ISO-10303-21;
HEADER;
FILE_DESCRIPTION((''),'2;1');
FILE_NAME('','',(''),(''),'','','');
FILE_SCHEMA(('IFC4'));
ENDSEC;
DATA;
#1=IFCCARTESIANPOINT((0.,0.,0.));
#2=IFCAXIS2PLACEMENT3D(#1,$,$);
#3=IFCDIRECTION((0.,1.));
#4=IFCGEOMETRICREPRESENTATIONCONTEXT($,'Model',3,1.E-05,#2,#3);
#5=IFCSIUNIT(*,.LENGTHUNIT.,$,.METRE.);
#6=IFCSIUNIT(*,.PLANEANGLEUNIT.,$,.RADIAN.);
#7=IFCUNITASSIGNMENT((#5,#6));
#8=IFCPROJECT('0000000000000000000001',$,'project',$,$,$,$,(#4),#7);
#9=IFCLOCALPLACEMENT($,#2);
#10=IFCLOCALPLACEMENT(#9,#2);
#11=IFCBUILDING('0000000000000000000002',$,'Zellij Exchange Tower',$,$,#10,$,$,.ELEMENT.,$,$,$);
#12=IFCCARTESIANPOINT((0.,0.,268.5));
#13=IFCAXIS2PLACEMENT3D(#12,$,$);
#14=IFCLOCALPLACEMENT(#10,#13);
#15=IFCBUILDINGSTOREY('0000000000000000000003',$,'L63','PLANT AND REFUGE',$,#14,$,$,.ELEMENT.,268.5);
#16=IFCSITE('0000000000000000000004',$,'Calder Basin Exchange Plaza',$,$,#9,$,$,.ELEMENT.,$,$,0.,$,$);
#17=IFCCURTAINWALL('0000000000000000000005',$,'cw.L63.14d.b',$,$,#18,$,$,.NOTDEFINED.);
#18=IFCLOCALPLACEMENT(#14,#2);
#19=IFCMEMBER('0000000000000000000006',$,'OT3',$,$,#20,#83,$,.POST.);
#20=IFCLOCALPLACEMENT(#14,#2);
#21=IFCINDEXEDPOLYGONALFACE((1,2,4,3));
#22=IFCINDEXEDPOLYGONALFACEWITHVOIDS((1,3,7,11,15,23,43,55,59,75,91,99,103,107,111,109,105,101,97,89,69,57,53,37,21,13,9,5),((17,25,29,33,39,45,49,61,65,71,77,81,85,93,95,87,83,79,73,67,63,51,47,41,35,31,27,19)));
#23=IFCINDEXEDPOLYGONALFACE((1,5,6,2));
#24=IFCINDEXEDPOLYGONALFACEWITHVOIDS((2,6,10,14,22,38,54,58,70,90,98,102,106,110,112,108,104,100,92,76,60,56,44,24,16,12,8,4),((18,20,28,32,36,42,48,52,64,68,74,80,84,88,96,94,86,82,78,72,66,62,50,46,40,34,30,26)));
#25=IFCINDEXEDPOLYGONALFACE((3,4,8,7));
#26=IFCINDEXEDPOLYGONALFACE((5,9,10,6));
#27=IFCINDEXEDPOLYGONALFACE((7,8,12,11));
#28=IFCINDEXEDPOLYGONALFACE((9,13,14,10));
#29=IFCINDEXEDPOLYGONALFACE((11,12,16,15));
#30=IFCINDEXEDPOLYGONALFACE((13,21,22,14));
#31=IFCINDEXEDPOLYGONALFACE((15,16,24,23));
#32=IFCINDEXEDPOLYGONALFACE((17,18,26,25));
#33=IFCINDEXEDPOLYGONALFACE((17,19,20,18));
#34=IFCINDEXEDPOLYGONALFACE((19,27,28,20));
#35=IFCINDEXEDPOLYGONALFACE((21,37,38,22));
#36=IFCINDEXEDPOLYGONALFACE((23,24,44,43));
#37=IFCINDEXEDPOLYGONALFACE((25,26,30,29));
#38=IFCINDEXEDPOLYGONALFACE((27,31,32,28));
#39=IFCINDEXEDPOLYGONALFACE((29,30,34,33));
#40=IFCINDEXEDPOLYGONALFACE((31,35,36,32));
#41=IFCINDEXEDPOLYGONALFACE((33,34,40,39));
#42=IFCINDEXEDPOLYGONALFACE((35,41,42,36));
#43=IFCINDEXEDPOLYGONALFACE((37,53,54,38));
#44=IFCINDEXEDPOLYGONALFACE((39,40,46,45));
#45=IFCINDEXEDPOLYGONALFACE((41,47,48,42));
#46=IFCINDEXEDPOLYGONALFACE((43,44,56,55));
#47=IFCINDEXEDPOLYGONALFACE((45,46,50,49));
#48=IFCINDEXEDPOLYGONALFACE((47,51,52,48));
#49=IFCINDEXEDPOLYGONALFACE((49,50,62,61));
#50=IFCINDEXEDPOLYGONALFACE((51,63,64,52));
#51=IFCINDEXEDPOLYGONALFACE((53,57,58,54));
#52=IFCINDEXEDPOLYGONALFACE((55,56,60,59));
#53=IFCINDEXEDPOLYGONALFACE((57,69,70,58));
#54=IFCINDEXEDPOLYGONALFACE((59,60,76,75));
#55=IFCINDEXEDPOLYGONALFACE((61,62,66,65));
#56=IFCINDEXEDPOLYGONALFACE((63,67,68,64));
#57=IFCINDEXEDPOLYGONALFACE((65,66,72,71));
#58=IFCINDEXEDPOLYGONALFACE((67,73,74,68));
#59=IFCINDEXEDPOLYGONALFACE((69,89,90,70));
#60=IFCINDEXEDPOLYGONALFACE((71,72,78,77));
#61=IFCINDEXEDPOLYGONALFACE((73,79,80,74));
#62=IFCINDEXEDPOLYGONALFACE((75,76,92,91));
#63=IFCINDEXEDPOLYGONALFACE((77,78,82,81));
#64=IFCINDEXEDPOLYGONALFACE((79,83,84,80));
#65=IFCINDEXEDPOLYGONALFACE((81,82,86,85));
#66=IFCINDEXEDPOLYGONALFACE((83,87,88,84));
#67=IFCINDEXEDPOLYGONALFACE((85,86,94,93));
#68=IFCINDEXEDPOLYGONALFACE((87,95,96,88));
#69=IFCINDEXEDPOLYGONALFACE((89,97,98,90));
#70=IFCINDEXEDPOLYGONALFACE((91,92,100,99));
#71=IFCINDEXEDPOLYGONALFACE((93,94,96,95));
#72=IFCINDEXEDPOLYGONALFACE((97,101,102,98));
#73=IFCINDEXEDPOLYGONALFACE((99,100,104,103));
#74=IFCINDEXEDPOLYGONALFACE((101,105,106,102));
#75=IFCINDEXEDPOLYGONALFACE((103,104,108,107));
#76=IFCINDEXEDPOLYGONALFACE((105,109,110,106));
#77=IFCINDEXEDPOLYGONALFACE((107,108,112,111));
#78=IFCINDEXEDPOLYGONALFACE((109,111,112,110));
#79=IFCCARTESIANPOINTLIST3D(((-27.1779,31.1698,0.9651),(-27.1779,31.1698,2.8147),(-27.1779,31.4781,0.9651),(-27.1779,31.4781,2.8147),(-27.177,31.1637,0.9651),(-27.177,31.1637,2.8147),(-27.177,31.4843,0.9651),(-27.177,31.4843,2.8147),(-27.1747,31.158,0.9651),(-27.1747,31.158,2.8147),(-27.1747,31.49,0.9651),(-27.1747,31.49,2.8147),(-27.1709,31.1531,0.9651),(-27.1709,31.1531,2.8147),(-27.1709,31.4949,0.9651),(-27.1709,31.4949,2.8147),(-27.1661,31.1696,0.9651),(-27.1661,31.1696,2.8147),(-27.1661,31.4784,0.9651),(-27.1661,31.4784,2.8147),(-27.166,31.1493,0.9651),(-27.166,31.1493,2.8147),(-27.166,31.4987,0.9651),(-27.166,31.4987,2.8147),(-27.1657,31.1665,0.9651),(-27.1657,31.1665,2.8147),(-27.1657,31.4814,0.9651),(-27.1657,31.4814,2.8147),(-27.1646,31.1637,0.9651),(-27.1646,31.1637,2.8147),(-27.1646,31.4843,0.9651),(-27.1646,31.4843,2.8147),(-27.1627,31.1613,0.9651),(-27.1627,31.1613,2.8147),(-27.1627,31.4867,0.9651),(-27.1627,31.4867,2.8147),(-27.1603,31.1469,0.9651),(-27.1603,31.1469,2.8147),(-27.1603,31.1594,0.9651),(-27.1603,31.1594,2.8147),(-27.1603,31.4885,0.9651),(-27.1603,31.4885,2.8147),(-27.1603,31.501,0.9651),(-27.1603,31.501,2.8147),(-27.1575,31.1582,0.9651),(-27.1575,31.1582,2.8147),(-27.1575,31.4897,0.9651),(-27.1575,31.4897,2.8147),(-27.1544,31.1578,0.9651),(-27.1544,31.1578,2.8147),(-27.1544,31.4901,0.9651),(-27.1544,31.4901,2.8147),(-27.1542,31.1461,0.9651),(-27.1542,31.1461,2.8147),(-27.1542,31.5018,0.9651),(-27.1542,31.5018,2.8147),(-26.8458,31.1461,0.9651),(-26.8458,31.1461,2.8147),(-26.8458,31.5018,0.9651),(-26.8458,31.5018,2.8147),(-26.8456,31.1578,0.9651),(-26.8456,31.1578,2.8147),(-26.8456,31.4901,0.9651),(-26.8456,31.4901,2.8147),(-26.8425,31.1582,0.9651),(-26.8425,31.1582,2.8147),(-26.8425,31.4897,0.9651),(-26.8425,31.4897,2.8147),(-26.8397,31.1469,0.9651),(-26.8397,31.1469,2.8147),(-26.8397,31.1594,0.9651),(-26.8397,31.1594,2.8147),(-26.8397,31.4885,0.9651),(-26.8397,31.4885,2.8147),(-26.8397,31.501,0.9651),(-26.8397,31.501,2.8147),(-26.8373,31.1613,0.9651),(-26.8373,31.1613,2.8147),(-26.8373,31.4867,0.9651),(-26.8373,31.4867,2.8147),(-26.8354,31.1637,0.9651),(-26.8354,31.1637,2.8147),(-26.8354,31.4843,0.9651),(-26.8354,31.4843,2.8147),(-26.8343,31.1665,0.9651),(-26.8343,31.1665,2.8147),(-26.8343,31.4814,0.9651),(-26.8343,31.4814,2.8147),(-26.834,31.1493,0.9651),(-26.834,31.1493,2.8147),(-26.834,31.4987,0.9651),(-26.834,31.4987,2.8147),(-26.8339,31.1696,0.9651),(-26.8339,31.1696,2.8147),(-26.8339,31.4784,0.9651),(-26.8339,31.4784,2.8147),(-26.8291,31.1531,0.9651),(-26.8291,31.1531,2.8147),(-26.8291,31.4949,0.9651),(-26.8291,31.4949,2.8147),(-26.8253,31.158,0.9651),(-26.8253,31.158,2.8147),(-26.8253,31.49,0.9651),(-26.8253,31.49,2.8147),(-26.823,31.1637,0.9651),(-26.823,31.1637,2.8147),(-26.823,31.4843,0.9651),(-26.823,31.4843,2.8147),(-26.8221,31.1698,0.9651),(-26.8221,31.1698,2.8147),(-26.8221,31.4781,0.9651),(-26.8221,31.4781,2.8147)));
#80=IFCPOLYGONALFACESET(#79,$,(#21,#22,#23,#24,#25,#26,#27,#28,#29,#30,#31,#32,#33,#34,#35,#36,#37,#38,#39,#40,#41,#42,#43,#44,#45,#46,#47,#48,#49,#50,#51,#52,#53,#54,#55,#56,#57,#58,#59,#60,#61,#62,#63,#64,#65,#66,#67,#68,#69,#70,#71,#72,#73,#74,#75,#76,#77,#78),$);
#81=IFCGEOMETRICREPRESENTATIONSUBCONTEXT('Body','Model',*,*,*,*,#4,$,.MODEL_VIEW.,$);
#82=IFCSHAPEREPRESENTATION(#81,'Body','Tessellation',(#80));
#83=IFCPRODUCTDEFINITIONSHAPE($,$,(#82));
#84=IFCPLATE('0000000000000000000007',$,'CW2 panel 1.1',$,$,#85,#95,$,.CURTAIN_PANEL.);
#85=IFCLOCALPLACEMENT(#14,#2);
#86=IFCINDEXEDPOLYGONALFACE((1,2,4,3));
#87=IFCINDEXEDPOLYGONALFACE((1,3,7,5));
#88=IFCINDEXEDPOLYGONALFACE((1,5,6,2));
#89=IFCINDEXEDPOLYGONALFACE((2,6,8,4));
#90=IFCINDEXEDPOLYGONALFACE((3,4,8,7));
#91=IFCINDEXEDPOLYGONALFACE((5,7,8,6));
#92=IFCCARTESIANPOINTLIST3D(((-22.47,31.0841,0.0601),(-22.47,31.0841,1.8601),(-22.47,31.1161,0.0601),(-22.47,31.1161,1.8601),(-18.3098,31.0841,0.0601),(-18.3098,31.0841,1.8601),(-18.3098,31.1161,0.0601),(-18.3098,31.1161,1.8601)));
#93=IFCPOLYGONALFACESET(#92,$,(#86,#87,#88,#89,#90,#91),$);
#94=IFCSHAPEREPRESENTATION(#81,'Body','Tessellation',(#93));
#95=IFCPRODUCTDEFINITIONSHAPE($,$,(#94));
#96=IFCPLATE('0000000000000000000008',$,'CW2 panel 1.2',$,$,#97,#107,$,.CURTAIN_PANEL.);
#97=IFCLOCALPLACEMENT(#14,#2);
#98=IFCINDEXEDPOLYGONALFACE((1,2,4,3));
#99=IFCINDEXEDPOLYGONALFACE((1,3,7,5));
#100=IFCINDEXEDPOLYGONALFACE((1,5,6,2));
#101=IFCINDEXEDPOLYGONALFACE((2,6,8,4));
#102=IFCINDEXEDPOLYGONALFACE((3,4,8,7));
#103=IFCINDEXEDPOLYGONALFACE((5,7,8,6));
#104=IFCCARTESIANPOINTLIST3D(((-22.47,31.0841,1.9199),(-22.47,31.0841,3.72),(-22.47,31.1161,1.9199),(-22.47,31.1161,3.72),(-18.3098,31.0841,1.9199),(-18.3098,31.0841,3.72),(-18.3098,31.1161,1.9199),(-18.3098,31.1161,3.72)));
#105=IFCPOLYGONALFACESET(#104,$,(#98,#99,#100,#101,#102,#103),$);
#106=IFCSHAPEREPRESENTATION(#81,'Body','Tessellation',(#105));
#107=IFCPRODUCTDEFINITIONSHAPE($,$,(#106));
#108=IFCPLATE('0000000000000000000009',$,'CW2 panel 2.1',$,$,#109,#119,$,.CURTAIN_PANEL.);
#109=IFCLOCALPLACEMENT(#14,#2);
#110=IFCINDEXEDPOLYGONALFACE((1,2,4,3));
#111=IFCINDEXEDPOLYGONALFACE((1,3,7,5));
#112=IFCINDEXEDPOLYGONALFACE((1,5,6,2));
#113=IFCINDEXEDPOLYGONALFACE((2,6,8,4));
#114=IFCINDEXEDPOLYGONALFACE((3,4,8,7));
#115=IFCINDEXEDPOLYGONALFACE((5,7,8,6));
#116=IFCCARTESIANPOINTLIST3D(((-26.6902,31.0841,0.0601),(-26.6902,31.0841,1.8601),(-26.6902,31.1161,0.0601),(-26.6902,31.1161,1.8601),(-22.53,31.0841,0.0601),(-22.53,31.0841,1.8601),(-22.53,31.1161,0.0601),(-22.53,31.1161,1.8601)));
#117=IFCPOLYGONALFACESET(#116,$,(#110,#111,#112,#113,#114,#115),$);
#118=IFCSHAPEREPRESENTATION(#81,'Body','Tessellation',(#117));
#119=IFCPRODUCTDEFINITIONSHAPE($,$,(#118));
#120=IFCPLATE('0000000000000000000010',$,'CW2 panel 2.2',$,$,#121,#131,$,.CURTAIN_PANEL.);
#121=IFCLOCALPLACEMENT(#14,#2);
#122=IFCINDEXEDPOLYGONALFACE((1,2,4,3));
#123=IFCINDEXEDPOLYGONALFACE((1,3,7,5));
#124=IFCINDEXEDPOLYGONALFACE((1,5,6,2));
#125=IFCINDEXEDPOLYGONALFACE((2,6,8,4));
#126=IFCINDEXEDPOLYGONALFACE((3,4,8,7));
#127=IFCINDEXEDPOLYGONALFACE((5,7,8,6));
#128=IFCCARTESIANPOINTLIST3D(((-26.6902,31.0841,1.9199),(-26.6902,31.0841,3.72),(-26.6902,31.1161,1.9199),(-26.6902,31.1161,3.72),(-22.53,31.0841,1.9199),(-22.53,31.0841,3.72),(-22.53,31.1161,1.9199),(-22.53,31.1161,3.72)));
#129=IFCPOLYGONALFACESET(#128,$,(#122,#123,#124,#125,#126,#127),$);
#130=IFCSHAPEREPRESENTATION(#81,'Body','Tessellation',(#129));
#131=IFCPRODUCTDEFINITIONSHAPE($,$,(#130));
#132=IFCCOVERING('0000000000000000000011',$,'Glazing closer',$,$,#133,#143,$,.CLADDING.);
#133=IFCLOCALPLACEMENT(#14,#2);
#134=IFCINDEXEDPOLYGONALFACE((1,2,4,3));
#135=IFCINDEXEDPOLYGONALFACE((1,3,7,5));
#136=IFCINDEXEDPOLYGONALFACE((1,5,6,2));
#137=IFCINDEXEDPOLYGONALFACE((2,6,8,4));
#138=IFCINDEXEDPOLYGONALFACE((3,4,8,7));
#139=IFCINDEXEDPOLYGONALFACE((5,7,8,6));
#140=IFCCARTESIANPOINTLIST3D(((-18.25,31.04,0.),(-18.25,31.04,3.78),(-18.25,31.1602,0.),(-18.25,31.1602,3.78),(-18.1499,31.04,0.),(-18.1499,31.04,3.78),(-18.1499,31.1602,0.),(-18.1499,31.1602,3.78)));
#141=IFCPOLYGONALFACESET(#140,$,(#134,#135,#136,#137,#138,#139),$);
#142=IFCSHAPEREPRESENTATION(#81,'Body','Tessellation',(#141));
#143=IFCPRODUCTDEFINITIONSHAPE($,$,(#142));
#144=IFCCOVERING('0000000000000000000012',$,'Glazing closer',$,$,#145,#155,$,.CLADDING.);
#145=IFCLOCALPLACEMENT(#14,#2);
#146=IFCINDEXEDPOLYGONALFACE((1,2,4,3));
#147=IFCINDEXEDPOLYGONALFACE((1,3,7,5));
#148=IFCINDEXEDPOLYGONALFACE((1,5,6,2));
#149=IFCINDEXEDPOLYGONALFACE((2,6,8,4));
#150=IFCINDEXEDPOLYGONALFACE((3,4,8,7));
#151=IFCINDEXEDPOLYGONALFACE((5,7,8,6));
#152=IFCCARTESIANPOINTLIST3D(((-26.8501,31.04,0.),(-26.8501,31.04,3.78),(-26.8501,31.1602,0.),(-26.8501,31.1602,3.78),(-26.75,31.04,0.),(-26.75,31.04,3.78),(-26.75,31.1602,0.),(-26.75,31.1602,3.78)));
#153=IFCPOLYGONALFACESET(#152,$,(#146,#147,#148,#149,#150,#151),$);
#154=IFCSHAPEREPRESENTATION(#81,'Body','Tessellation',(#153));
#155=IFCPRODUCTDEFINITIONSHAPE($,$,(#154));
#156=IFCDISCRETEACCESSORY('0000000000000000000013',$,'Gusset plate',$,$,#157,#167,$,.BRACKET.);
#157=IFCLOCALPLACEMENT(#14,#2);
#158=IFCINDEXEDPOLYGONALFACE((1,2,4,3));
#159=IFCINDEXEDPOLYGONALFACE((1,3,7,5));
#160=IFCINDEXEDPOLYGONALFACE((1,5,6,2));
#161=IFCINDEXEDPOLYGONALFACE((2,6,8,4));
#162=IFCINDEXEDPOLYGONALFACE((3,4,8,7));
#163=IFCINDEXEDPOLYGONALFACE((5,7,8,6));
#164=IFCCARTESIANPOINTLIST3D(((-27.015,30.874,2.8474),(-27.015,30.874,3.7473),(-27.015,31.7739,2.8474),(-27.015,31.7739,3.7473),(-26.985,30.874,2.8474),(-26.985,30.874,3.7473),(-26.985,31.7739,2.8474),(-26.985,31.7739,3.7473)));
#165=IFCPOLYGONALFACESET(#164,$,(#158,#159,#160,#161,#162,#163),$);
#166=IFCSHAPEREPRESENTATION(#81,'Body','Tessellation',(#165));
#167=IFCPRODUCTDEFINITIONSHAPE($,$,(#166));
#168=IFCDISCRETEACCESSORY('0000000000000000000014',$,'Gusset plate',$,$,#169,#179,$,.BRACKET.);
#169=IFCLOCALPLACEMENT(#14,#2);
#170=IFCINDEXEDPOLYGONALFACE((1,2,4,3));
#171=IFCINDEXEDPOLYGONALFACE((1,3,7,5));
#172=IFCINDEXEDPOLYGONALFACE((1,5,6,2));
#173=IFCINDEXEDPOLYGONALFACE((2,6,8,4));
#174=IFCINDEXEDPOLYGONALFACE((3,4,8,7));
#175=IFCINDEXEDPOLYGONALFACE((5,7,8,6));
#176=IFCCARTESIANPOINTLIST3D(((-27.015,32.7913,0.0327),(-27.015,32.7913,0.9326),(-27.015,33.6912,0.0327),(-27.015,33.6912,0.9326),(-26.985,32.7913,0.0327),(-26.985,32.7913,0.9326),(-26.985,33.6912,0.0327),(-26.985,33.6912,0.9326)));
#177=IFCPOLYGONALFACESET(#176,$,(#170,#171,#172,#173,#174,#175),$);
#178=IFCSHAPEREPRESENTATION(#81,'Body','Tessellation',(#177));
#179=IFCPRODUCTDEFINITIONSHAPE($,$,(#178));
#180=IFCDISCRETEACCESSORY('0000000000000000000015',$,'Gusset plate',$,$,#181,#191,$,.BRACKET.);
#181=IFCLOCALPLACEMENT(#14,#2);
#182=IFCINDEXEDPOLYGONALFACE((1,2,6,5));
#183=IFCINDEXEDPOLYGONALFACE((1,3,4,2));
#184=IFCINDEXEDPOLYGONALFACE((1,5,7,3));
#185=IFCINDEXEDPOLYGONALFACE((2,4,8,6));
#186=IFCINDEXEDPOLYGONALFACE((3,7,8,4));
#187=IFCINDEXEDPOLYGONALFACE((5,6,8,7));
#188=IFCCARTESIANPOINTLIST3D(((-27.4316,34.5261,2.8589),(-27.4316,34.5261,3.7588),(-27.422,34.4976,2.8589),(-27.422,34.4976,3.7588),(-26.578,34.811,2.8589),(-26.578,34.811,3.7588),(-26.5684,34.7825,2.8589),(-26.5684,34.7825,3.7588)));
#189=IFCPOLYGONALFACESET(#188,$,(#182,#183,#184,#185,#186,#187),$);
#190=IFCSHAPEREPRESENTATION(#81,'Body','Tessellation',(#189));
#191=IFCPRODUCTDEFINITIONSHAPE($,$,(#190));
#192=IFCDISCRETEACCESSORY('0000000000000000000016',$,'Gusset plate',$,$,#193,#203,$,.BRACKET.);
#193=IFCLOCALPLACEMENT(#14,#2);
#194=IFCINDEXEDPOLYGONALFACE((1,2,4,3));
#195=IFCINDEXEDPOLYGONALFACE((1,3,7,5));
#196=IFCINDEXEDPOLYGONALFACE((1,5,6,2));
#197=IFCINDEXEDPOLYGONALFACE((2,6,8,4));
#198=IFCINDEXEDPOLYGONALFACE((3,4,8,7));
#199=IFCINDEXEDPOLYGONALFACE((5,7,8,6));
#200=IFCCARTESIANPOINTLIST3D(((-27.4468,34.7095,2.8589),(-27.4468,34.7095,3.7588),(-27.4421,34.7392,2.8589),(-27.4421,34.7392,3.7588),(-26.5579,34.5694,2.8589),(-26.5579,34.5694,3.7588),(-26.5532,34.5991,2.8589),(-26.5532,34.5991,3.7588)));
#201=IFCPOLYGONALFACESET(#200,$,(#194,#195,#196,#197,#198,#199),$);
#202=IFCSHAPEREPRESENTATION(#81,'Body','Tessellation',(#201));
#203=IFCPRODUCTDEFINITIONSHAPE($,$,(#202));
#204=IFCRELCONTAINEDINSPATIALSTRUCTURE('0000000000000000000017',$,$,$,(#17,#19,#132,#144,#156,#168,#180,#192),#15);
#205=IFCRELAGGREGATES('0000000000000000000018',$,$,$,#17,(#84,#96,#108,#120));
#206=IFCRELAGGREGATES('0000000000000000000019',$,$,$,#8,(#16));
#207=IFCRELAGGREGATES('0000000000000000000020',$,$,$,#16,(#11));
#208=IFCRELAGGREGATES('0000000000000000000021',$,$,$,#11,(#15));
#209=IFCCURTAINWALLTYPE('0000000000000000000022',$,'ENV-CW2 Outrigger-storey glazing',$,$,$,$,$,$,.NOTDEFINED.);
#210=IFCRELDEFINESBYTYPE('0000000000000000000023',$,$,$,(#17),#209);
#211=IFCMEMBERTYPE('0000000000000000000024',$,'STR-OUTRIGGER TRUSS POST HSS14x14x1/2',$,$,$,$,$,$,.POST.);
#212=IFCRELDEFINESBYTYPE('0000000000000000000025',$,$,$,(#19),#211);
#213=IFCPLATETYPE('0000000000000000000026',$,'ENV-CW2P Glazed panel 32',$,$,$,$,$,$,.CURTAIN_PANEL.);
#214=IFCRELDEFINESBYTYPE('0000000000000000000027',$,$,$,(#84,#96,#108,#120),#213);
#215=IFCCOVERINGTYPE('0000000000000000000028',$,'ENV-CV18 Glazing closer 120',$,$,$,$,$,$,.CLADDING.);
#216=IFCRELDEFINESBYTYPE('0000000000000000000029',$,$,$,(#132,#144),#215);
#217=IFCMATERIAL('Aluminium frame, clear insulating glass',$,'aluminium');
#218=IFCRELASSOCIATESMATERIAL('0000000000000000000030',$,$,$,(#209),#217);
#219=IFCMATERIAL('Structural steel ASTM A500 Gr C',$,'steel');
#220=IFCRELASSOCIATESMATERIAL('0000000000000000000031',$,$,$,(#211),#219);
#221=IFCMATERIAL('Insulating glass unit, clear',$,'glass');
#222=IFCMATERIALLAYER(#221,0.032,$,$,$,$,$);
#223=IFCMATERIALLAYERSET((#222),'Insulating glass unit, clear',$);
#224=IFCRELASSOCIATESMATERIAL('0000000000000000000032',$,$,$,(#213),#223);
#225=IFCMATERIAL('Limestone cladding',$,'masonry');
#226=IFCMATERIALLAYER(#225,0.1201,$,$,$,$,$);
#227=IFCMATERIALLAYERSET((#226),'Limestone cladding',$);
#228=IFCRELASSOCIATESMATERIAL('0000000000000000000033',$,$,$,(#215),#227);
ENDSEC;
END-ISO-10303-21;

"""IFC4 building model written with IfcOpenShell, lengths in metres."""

from ifc_helpers import new_model, si_unit, direction, frame, origin, origin_2d, place, context, subcontext, project, spatial, rectangle, hollow_rectangle, extrude, material, layer, layer_set, material_profile, profile_set, type_object, element, aggregate, save


model = new_model("IFC4")

# Units and contexts
model_context = context("Model", 3, precision=1e-05, world=origin(), true_north=direction((0.0, 1.0)))
body_context = subcontext(model_context, "Body", "Model", "MODEL_VIEW")
ifc_project = project(units=[si_unit("LENGTHUNIT", "METRE"), si_unit("PLANEANGLEUNIT", "RADIAN")], contexts=[model_context])

# Site, building, storey
site_placement = place(None, origin())
site = spatial("IfcSite", under=ifc_project, at=site_placement, Name="Calder Basin Exchange Plaza", CompositionType="ELEMENT", RefElevation=0.0)
building_placement = place(site_placement, origin())
building = spatial("IfcBuilding", under=site, at=building_placement, Name="Zellij Exchange Tower", CompositionType="ELEMENT")
storey_placement = place(building_placement, frame((0.0, 0.0, 268.5)))
storey = spatial("IfcBuildingStorey", under=building, at=storey_placement, Name="L63", Description="PLANT AND REFUGE", CompositionType="ELEMENT", Elevation=268.5)

# Curtain wall
ifc_material_1 = material(Name="Aluminium frame, clear insulating glass", Category="aluminium")
curtain_wall_type = type_object("IfcCurtainWallType", Name="ENV-CW2 Outrigger-storey glazing", PredefinedType="NOTDEFINED", material=ifc_material_1)
curtain_wall_placement = place(storey_placement, origin())
curtain_wall = element("IfcCurtainWall", 1, at=curtain_wall_placement, inside=storey, type_object=curtain_wall_type, Name="cw.L63.14d.b", PredefinedType="NOTDEFINED")

# Shared definitions
ifc_material_2 = material(Name="Structural steel ASTM A500 Gr C", Category="steel")

# Member
ifc_material_profile_1 = material_profile(ifc_material_2, hollow_rectangle(XDim=0.3557, YDim=0.3557, WallThickness=0.0117, InnerFilletRadius=0.0117, OuterFilletRadius=0.0237, at=origin_2d()), Name="STR-OUTRIGGER TRUSS POST HSS14x14x1/2")
ifc_profile_set_1 = profile_set([ifc_material_profile_1], Name="Structural steel ASTM A500 Gr C")
member_type_1 = type_object("IfcMemberType", Name="STR-OUTRIGGER TRUSS POST HSS14x14x1/2", PredefinedType="POST", material=ifc_profile_set_1)
member_1_placement = place(storey_placement, frame((-27.0, 31.324, 0.9651), z_axis=(0.0, 0.0, 1.0), x_axis=(1.0, 0.0, 0.0)))
element("IfcMember", 2, at=member_1_placement, inside=storey, type_object=member_type_1, Name="OT3", PredefinedType="POST", context=body_context, shape_type="SweptSolid", body=[
    extrude(hollow_rectangle(XDim=0.3557, YDim=0.3557, WallThickness=0.0117, InnerFilletRadius=0.0117, OuterFilletRadius=0.0237, at=origin_2d()), origin(), (0.0, 0.0, 1.0), 1.8496),
])

# Plates
ifc_material_3 = material(Name="Insulating glass unit, clear", Category="glass")
ifc_layer_1 = layer(ifc_material_3, 0.032)
ifc_layer_set_1 = layer_set([ifc_layer_1], Name="Insulating glass unit, clear")
plate_type = type_object("IfcPlateType", Name="ENV-CW2P Glazed panel 32", PredefinedType="CURTAIN_PANEL", material=ifc_layer_set_1)
plate_1_placement = place(storey_placement, frame((-20.3899, 31.1001, 0.0601), z_axis=(0.0, 0.0, 1.0), x_axis=(-1.0, 0.0, 0.0)))
plate_1 = element("IfcPlate", 3, at=plate_1_placement, type_object=plate_type, Name="CW2 panel 1.1", PredefinedType="CURTAIN_PANEL", context=body_context, shape_type="SweptSolid", body=[
    extrude(rectangle(XDim=4.1602, YDim=0.032, at=origin_2d()), origin(), (0.0, 0.0, 1.0), 1.8),
])
plate_2_placement = place(storey_placement, frame((-20.3899, 31.1001, 1.9199), z_axis=(0.0, 0.0, 1.0), x_axis=(-1.0, 0.0, 0.0)))
plate_2 = element("IfcPlate", 4, at=plate_2_placement, type_object=plate_type, Name="CW2 panel 1.2", PredefinedType="CURTAIN_PANEL", context=body_context, shape_type="SweptSolid", body=[
    extrude(rectangle(XDim=4.1602, YDim=0.032, at=origin_2d()), origin(), (0.0, 0.0, 1.0), 1.8),
])
plate_3_placement = place(storey_placement, frame((-24.6101, 31.1001, 0.0601), z_axis=(0.0, 0.0, 1.0), x_axis=(-1.0, 0.0, 0.0)))
plate_3 = element("IfcPlate", 5, at=plate_3_placement, type_object=plate_type, Name="CW2 panel 2.1", PredefinedType="CURTAIN_PANEL", context=body_context, shape_type="SweptSolid", body=[
    extrude(rectangle(XDim=4.1602, YDim=0.032, at=origin_2d()), origin(), (0.0, 0.0, 1.0), 1.8),
])
plate_4_placement = place(storey_placement, frame((-24.6101, 31.1001, 1.9199), z_axis=(0.0, 0.0, 1.0), x_axis=(-1.0, 0.0, 0.0)))
plate_4 = element("IfcPlate", 6, at=plate_4_placement, type_object=plate_type, Name="CW2 panel 2.2", PredefinedType="CURTAIN_PANEL", context=body_context, shape_type="SweptSolid", body=[
    extrude(rectangle(XDim=4.1602, YDim=0.032, at=origin_2d()), origin(), (0.0, 0.0, 1.0), 1.8),
])
aggregate(curtain_wall, [plate_1, plate_2, plate_3, plate_4])

# Coverings
ifc_material_4 = material(Name="Limestone cladding", Category="masonry")
ifc_layer_2 = layer(ifc_material_4, 0.1201)
ifc_layer_set_2 = layer_set([ifc_layer_2], Name="Limestone cladding")
covering_type = type_object("IfcCoveringType", Name="ENV-CV18 Glazing closer 120", PredefinedType="CLADDING", material=ifc_layer_set_2)
for number, where, z_axis, x_axis, name in (
    (7, (-18.2, 31.1001, 0.0), (0.0, 0.0, 1.0), (-1.0, 0.0, 0.0), "Glazing closer"),
    (8, (-26.8, 31.1001, 0.0), (0.0, 0.0, 1.0), (-1.0, 0.0, 0.0), "Glazing closer"),
):
    element("IfcCovering", number, at=place(storey_placement, frame(where, z_axis=z_axis, x_axis=x_axis)), inside=storey, type_object=covering_type, Name=name, PredefinedType="CLADDING", context=body_context, shape_type="SweptSolid", body=[
        extrude(rectangle(XDim=0.1001, YDim=0.1201, at=origin_2d()), origin(), (0.0, 0.0, 1.0), 3.78),
    ])

# Discrete accessories
for number, where, z_axis, x_axis, name in (
    (9, (-27.0, 31.324, 2.8474), (0.0, 0.0, 1.0), (0.0, 1.0, 0.0), "Gusset plate"),
    (10, (-27.0, 33.2412, 0.0327), (0.0, 0.0, 1.0), (0.0, 1.0, 0.0), "Gusset plate"),
    (11, (-27.0, 34.6543, 2.8589), (0.0, 0.0, 1.0), (0.948541, 0.316656, 0.0), "Gusset plate"),
    (12, (-27.0, 34.6543, 2.8589), (0.0, 0.0, 1.0), (0.987801, -0.155721, 0.0), "Gusset plate"),
):
    element("IfcDiscreteAccessory", number, at=place(storey_placement, frame(where, z_axis=z_axis, x_axis=x_axis)), inside=storey, Name=name, PredefinedType="BRACKET", context=body_context, shape_type="SweptSolid", body=[
        extrude(rectangle(XDim=0.8999, YDim=0.03, at=origin_2d()), origin(), (0.0, 0.0, 1.0), 0.8999),
    ])

save(model, "model.ifc")
